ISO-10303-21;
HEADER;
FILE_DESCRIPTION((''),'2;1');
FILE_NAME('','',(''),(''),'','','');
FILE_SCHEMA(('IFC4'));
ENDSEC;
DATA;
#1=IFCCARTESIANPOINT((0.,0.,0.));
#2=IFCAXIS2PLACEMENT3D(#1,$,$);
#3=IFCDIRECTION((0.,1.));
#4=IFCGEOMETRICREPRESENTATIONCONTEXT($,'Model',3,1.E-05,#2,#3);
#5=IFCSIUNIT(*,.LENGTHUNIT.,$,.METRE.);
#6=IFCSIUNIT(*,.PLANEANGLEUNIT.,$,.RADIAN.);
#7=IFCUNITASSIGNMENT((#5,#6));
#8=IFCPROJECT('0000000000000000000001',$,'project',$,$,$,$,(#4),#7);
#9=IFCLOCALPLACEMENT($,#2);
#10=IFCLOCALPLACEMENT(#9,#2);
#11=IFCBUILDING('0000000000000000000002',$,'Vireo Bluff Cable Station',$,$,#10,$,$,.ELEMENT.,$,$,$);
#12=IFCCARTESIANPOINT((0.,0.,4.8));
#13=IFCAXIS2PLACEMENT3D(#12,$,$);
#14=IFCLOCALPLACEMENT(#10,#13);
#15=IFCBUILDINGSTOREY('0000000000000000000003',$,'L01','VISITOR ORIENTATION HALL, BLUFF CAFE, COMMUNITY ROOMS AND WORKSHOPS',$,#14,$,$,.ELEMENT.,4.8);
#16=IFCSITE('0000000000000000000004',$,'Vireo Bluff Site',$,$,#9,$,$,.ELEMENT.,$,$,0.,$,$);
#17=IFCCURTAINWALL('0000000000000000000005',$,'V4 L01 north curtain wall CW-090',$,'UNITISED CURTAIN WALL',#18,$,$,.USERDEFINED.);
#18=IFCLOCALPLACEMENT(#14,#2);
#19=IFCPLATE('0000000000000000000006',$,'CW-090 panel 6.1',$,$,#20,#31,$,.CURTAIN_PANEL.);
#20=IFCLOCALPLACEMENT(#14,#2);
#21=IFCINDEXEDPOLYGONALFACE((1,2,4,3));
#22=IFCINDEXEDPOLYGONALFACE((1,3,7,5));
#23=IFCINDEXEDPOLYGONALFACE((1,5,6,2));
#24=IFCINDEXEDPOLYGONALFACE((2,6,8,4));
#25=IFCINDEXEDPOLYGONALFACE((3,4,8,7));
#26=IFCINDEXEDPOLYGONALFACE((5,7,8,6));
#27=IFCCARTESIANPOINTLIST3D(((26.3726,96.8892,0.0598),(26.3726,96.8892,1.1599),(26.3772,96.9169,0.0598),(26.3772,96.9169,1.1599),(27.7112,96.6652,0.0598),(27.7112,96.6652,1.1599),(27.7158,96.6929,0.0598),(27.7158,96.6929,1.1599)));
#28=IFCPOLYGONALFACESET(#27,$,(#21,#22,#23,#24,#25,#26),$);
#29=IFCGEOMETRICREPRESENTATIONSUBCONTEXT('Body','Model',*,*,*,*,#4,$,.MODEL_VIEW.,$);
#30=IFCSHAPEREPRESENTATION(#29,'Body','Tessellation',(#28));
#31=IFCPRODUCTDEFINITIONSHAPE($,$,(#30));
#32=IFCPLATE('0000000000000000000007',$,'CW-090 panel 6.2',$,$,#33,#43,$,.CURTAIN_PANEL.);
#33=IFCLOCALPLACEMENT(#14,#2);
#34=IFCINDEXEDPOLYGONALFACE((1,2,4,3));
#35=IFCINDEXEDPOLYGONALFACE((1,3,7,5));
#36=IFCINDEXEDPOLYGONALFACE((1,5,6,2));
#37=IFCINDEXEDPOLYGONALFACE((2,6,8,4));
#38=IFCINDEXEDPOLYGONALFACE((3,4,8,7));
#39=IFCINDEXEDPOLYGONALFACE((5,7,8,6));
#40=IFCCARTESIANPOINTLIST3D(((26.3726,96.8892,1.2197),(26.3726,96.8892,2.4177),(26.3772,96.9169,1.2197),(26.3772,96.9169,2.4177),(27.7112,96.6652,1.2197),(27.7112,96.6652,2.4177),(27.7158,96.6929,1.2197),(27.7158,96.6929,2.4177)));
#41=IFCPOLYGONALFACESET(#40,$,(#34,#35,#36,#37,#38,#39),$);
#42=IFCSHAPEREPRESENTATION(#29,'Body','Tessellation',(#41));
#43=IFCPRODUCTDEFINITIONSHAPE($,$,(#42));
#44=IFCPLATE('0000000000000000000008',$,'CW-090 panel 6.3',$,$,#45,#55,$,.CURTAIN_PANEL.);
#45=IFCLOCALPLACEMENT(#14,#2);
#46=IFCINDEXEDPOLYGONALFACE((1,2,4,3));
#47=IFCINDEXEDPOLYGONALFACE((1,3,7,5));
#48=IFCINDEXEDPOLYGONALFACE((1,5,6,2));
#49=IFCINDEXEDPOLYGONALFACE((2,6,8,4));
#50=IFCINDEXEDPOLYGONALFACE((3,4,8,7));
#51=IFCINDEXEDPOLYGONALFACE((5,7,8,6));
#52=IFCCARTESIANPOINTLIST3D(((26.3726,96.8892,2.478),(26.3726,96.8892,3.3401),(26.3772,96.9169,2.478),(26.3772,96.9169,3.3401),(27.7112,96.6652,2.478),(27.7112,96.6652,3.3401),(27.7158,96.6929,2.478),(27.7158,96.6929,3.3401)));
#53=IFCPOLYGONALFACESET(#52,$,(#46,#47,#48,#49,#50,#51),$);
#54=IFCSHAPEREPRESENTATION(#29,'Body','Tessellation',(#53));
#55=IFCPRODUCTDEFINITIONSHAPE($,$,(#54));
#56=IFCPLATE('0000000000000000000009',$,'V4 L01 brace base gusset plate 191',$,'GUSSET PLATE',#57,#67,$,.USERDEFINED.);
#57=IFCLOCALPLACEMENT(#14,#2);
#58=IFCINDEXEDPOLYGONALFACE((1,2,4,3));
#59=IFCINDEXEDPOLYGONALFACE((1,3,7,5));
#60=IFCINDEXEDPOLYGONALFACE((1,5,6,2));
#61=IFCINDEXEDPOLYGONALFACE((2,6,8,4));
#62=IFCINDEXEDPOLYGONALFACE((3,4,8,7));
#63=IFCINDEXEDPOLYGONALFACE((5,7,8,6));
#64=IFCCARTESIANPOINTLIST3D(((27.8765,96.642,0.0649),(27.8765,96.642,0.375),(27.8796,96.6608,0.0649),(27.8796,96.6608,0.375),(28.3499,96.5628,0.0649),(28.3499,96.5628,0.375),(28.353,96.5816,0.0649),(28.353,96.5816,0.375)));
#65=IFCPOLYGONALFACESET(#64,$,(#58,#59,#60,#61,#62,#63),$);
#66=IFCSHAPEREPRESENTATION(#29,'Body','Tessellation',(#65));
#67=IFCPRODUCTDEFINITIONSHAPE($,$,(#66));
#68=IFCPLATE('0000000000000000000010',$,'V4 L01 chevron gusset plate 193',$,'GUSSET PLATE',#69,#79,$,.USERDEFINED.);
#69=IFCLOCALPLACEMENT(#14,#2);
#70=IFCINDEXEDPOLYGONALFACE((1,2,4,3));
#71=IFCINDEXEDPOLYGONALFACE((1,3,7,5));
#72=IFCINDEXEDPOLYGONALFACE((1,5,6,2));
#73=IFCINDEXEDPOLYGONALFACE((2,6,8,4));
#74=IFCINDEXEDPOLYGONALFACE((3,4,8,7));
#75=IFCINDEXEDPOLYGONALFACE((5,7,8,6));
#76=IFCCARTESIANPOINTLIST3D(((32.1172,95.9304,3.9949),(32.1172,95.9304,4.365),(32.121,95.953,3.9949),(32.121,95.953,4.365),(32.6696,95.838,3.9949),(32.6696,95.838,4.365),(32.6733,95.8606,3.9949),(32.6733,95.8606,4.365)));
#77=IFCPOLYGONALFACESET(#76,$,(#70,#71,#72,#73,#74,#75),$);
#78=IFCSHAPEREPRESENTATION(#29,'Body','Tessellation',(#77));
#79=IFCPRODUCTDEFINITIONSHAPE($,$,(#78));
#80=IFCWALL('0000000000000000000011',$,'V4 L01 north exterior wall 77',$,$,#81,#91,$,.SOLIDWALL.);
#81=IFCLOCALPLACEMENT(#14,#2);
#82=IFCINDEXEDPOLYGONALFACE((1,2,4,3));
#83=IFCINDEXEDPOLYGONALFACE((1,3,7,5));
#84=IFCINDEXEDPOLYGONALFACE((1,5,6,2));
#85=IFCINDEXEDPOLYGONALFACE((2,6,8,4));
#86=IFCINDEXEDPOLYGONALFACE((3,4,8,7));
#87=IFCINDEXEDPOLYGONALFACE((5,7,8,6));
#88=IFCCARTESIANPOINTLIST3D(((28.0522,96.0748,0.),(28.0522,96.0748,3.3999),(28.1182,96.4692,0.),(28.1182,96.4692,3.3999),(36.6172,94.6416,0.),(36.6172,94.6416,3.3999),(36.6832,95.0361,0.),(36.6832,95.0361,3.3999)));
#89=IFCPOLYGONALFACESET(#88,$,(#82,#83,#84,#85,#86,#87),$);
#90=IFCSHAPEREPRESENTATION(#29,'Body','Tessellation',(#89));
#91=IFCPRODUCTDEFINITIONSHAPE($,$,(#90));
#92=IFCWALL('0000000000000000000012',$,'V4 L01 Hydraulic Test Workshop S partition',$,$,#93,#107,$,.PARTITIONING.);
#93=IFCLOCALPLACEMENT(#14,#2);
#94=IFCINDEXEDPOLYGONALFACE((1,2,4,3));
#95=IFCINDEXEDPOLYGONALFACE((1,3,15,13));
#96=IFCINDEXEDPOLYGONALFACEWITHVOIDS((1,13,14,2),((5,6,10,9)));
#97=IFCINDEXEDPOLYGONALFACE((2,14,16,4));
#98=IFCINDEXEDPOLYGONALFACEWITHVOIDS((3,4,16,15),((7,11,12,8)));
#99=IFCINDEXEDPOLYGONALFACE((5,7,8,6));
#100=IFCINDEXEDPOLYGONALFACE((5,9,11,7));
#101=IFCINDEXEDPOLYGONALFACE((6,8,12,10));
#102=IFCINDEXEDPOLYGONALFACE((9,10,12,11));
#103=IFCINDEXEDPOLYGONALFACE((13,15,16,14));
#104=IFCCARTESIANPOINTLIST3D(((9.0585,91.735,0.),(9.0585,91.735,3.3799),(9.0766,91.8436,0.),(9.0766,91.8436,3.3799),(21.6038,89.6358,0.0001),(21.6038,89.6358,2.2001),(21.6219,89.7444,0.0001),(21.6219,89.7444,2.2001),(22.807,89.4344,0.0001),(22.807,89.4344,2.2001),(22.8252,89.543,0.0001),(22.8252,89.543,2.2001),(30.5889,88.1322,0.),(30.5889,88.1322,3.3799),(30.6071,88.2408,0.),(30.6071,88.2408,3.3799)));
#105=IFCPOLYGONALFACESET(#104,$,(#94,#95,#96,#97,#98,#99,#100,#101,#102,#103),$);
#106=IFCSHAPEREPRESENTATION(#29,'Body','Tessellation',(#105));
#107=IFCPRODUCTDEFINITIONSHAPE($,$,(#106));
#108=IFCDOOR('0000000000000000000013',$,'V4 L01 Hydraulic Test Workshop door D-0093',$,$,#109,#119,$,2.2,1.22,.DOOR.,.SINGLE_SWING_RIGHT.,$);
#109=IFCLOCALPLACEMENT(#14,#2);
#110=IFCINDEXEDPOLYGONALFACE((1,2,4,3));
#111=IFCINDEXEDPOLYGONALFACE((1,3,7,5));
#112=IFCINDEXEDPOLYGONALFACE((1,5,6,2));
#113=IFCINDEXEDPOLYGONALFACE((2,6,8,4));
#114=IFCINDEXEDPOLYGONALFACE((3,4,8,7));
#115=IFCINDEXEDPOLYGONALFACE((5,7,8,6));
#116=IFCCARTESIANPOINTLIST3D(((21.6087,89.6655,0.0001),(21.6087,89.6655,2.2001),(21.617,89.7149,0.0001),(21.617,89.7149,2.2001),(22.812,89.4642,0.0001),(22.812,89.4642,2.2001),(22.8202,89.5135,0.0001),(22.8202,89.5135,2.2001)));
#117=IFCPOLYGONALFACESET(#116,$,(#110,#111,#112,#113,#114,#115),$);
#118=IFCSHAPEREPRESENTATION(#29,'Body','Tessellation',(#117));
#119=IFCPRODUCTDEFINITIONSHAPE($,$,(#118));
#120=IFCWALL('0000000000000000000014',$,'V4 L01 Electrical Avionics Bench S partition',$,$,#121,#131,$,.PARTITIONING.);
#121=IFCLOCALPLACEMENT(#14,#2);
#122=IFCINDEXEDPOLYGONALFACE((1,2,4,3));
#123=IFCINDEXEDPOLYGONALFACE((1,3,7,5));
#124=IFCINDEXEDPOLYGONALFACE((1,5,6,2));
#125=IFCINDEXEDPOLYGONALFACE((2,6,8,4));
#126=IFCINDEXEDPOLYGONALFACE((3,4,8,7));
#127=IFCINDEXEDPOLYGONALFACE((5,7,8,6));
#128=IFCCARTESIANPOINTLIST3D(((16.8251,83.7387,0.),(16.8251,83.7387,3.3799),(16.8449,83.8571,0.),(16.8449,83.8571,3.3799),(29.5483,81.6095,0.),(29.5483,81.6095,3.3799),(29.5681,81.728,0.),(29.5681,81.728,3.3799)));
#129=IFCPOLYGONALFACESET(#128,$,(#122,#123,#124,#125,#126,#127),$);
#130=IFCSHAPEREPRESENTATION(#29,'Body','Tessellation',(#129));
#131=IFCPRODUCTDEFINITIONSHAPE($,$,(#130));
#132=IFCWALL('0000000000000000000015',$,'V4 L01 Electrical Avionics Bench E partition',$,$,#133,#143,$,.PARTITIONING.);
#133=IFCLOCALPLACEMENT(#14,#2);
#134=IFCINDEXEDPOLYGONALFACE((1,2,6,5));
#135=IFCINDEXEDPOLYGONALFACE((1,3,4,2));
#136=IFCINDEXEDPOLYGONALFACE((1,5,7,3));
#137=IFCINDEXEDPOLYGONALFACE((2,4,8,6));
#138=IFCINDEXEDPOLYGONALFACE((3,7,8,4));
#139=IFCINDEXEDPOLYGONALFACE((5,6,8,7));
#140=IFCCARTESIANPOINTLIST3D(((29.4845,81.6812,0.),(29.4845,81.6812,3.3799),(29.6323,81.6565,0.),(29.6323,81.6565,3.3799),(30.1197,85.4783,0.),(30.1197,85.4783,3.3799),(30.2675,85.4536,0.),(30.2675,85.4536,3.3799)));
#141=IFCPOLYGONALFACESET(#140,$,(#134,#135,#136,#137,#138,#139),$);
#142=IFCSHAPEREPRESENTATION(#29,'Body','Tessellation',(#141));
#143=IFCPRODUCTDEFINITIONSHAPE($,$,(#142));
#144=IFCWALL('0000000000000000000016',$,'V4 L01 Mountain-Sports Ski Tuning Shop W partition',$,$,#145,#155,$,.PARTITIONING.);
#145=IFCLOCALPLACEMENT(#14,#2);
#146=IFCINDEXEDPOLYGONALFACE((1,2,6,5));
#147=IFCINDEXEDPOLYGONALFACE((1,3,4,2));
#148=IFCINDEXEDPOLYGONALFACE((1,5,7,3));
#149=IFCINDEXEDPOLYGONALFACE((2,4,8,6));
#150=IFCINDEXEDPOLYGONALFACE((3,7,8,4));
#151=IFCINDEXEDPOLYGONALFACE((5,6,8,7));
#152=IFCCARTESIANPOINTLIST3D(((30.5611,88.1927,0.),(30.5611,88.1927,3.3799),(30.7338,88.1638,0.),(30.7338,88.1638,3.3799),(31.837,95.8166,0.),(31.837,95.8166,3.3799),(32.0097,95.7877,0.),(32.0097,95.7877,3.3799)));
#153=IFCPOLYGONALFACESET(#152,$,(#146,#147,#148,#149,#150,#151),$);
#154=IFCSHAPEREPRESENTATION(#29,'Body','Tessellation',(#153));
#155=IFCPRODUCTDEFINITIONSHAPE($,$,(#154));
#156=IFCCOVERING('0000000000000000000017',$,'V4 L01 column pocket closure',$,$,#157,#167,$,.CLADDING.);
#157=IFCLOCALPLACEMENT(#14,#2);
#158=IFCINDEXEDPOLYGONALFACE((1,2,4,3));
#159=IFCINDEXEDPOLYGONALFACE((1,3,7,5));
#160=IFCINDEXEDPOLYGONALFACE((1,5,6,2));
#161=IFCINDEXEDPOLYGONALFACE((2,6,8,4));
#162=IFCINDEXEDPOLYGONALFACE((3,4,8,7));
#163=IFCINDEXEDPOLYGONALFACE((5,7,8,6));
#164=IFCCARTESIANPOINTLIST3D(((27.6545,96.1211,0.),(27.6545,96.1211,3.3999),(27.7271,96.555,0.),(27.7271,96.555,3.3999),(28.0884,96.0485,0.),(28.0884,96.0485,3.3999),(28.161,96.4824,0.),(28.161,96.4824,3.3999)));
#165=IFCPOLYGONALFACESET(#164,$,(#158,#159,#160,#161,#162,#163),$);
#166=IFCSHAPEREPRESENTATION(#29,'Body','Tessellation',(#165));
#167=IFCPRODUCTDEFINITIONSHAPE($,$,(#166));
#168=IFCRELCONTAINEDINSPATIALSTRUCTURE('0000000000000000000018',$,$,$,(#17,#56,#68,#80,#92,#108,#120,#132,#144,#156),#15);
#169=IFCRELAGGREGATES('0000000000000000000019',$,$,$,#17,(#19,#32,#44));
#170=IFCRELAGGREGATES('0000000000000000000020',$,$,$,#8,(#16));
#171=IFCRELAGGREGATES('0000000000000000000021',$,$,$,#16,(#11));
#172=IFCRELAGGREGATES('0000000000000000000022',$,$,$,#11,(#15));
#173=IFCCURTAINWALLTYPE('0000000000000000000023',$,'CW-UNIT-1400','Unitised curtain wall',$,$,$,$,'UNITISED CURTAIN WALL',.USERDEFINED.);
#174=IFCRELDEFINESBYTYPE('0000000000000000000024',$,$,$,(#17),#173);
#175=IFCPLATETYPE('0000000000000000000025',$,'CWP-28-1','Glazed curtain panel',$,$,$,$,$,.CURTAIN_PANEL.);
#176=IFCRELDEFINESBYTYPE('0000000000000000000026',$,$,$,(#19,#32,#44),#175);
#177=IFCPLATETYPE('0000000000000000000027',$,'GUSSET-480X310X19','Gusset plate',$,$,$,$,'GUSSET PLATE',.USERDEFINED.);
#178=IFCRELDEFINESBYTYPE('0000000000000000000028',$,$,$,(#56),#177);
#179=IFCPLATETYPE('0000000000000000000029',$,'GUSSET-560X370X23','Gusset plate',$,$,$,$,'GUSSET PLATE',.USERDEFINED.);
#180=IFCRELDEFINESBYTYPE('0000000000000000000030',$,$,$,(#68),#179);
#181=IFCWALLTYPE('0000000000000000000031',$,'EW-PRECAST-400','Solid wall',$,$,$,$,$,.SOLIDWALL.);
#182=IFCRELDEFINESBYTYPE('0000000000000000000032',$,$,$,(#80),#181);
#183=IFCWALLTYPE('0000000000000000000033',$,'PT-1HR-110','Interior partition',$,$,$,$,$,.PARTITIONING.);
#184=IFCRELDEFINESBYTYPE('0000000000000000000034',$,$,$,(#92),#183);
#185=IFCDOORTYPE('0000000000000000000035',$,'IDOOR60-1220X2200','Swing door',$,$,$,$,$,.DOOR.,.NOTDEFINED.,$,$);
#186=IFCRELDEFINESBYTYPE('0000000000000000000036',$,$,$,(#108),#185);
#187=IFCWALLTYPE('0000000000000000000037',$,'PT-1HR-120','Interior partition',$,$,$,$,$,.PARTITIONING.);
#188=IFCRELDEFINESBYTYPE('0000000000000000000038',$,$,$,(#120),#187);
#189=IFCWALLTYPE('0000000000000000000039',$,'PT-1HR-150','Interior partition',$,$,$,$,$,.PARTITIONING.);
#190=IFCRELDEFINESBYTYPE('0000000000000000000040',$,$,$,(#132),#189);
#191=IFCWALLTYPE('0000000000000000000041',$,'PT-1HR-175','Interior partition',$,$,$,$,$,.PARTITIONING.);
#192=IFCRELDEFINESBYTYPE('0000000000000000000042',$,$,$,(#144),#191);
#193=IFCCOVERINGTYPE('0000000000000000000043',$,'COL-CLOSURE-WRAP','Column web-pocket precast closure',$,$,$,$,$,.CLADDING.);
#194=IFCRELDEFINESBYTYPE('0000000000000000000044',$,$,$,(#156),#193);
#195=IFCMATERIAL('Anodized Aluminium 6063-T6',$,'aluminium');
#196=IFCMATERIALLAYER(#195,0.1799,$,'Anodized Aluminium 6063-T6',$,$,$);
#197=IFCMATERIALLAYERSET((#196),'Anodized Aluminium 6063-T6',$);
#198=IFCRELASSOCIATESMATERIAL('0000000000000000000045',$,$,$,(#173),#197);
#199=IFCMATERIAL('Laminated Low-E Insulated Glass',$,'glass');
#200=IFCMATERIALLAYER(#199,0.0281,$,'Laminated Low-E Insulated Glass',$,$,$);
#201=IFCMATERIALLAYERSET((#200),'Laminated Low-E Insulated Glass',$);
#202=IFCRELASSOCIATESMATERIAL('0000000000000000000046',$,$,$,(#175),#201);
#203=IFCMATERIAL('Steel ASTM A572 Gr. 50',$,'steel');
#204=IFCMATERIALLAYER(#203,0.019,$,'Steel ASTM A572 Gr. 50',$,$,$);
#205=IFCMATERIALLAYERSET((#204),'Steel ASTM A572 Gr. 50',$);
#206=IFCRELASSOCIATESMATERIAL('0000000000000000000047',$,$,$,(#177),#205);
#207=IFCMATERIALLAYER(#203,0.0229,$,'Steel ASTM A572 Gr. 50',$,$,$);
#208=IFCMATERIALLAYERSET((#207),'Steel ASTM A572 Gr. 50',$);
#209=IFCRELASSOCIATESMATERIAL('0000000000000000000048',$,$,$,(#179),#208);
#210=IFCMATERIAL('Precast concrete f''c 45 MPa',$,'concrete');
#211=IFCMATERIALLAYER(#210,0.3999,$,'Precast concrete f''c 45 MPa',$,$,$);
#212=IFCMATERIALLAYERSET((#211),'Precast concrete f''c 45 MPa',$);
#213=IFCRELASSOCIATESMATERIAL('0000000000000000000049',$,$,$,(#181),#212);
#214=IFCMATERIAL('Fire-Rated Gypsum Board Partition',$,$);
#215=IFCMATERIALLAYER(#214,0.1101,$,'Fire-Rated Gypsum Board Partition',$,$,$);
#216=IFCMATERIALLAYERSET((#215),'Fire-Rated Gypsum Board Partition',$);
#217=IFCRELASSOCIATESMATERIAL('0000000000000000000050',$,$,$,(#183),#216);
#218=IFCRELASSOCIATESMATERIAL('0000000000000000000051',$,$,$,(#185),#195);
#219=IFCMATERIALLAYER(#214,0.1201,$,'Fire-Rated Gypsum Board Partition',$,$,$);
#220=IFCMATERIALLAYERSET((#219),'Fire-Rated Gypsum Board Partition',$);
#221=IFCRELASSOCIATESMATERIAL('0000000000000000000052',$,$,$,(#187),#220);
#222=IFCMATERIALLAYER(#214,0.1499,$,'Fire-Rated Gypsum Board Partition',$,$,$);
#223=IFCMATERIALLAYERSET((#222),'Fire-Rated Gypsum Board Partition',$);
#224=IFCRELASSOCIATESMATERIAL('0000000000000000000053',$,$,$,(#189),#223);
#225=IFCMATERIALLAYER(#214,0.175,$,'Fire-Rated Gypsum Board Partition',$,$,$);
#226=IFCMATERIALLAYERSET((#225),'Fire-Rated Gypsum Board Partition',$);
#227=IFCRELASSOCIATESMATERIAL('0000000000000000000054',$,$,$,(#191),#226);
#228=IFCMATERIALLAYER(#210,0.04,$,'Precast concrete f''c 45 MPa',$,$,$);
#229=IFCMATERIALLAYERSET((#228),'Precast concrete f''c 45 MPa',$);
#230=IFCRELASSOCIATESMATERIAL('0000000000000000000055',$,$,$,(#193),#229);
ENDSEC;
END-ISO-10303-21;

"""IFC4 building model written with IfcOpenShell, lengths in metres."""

from ifc_helpers import new_model, si_unit, direction, frame, frame_2d, origin, origin_with_axes, origin_2d, place, context, subcontext, project, spatial, rectangle, extrude, material, layer, layer_set, type_object, element, fill, aggregate, save


model = new_model("IFC4")

# Units and contexts
model_context = context("Model", 3, precision=1e-05, world=origin(), true_north=direction((0.0, 1.0)))
body_context = subcontext(model_context, "Body", "Model", "MODEL_VIEW")
ifc_project = project(units=[si_unit("LENGTHUNIT", "METRE"), si_unit("PLANEANGLEUNIT", "RADIAN")], contexts=[model_context])

# Site, building, storey
site_placement = place(None, origin())
site = spatial("IfcSite", under=ifc_project, at=site_placement, Name="Vireo Bluff Site", CompositionType="ELEMENT", RefElevation=0.0)
building_placement = place(site_placement, origin())
building = spatial("IfcBuilding", under=site, at=building_placement, Name="Vireo Bluff Cable Station", CompositionType="ELEMENT")
storey_placement = place(building_placement, frame((0.0, 0.0, 4.8)))
storey = spatial("IfcBuildingStorey", under=building, at=storey_placement, Name="L01", Description="VISITOR ORIENTATION HALL, BLUFF CAFE, COMMUNITY ROOMS AND WORKSHOPS", CompositionType="ELEMENT", Elevation=4.8)

# Curtain wall
ifc_material_1 = material(Name="Anodized Aluminium 6063-T6", Category="aluminium")
ifc_layer_1 = layer(ifc_material_1, 0.1799, Name="Anodized Aluminium 6063-T6")
ifc_layer_set_1 = layer_set([ifc_layer_1], Name="Anodized Aluminium 6063-T6")
curtain_wall_type = type_object("IfcCurtainWallType", Name="CW-UNIT-1400", Description="Unitised curtain wall", ElementType="UNITISED CURTAIN WALL", PredefinedType="USERDEFINED", material=ifc_layer_set_1)
curtain_wall_placement = place(storey_placement, origin())
curtain_wall = element("IfcCurtainWall", 1, at=curtain_wall_placement, inside=storey, type_object=curtain_wall_type, Name="V4 L01 north curtain wall CW-090", ObjectType="UNITISED CURTAIN WALL", PredefinedType="USERDEFINED")

# Plates
ifc_material_2 = material(Name="Laminated Low-E Insulated Glass", Category="glass")
ifc_layer_2 = layer(ifc_material_2, 0.0281, Name="Laminated Low-E Insulated Glass")
ifc_layer_set_2 = layer_set([ifc_layer_2], Name="Laminated Low-E Insulated Glass")
plate_type_1 = type_object("IfcPlateType", Name="CWP-28-1", Description="Glazed curtain panel", PredefinedType="CURTAIN_PANEL", material=ifc_layer_set_2)
plate_1_placement = place(storey_placement, frame((27.0442, 96.791, 0.0598), z_axis=(0.0, 0.0, 1.0), x_axis=(0.986286, -0.165048, 0.0)))
plate_1 = element("IfcPlate", 2, at=plate_1_placement, type_object=plate_type_1, Name="CW-090 panel 6.1", PredefinedType="CURTAIN_PANEL", context=body_context, shape_type="SweptSolid", body=[
    extrude(rectangle(XDim=1.3572, YDim=0.0281, at=origin_2d()), origin(), (0.0, 0.0, 1.0), 1.1001),
])
plate_2_placement = place(storey_placement, frame((27.0442, 96.791, 1.2197), z_axis=(0.0, 0.0, 1.0), x_axis=(0.986286, -0.165048, 0.0)))
plate_2 = element("IfcPlate", 3, at=plate_2_placement, type_object=plate_type_1, Name="CW-090 panel 6.2", PredefinedType="CURTAIN_PANEL", context=body_context, shape_type="SweptSolid", body=[
    extrude(rectangle(XDim=1.3572, YDim=0.0281, at=origin_2d()), origin(), (0.0, 0.0, 1.0), 1.198),
])
plate_3_placement = place(storey_placement, frame((27.0442, 96.791, 2.478), z_axis=(0.0, 0.0, 1.0), x_axis=(0.986286, -0.165048, 0.0)))
plate_3 = element("IfcPlate", 4, at=plate_3_placement, type_object=plate_type_1, Name="CW-090 panel 6.3", PredefinedType="CURTAIN_PANEL", context=body_context, shape_type="SweptSolid", body=[
    extrude(rectangle(XDim=1.3572, YDim=0.0281, at=origin_2d()), origin(), (0.0, 0.0, 1.0), 0.8621),
])
aggregate(curtain_wall, [plate_1, plate_2, plate_3])

# Plates
ifc_material_3 = material(Name="Steel ASTM A572 Gr. 50", Category="steel")
ifc_layer_3 = layer(ifc_material_3, 0.019, Name="Steel ASTM A572 Gr. 50")
ifc_layer_set_3 = layer_set([ifc_layer_3], Name="Steel ASTM A572 Gr. 50")
plate_type_2 = type_object("IfcPlateType", Name="GUSSET-480X310X19", Description="Gusset plate", ElementType="GUSSET PLATE", PredefinedType="USERDEFINED", material=ifc_layer_set_3)
plate_4_placement = place(storey_placement, frame((28.1147, 96.6118, 0.0649), z_axis=(0.0, 0.0, 1.0), x_axis=(0.986286, -0.165048, 0.0)))
element("IfcPlate", 5, at=plate_4_placement, inside=storey, type_object=plate_type_2, Name="V4 L01 brace base gusset plate 191", ObjectType="GUSSET PLATE", PredefinedType="USERDEFINED", context=body_context, shape_type="SweptSolid", body=[
    extrude(rectangle(XDim=0.48, YDim=0.019, at=origin_2d()), origin(), (0.0, 0.0, 1.0), 0.3101),
])
ifc_layer_4 = layer(ifc_material_3, 0.0229, Name="Steel ASTM A572 Gr. 50")
ifc_layer_set_4 = layer_set([ifc_layer_4], Name="Steel ASTM A572 Gr. 50")
plate_type_3 = type_object("IfcPlateType", Name="GUSSET-560X370X23", Description="Gusset plate", ElementType="GUSSET PLATE", PredefinedType="USERDEFINED", material=ifc_layer_set_4)
plate_5_placement = place(storey_placement, frame((32.3953, 95.8955, 3.9949), z_axis=(0.0, 0.0, 1.0), x_axis=(0.986286, -0.165048, 0.0)))
element("IfcPlate", 6, at=plate_5_placement, inside=storey, type_object=plate_type_3, Name="V4 L01 chevron gusset plate 193", ObjectType="GUSSET PLATE", PredefinedType="USERDEFINED", context=body_context, shape_type="SweptSolid", body=[
    extrude(rectangle(XDim=0.5601, YDim=0.0229, at=origin_2d()), origin(), (0.0, 0.0, 1.0), 0.3701),
])

# Wall
ifc_material_4 = material(Name="Precast concrete f'c 45 MPa", Category="concrete")
ifc_layer_5 = layer(ifc_material_4, 0.3999, Name="Precast concrete f'c 45 MPa")
ifc_layer_set_5 = layer_set([ifc_layer_5], Name="Precast concrete f'c 45 MPa")
wall_type_1 = type_object("IfcWallType", Name="EW-PRECAST-400", Description="Solid wall", PredefinedType="SOLIDWALL", material=ifc_layer_set_5)
wall_1_placement = place(storey_placement, frame((28.0852, 96.272, 0.0), z_axis=(0.0, 0.0, 1.0), x_axis=(0.986289, -0.165028, 0.0)))
element("IfcWall", 7, at=wall_1_placement, inside=storey, type_object=wall_type_1, Name="V4 L01 north exterior wall 77", PredefinedType="SOLIDWALL", context=body_context, shape_type="SweptSolid", body=[
    extrude(rectangle(XDim=8.6841, YDim=0.3999, at=frame_2d((4.342, 0.0))), origin(), (0.0, 0.0, 1.0), 3.3999),
])

# Wall, opening, door
ifc_material_5 = material(Name="Fire-Rated Gypsum Board Partition")
ifc_layer_6 = layer(ifc_material_5, 0.1101, Name="Fire-Rated Gypsum Board Partition")
ifc_layer_set_6 = layer_set([ifc_layer_6], Name="Fire-Rated Gypsum Board Partition")
wall_type_2 = type_object("IfcWallType", Name="PT-1HR-110", Description="Interior partition", PredefinedType="PARTITIONING", material=ifc_layer_set_6)
wall_2_placement = place(storey_placement, frame((30.5981, 88.1865, 0.0), z_axis=(0.0, 0.0, 1.0), x_axis=(-0.986287, 0.165039, 0.0)))
wall_2 = element("IfcWall", 8, at=wall_2_placement, inside=storey, type_object=wall_type_2, Name="V4 L01 Hydraulic Test Workshop S partition", PredefinedType="PARTITIONING", context=body_context, shape_type="SweptSolid", body=[
    extrude(rectangle(XDim=21.8298, YDim=0.1101, at=frame_2d((10.915, 0.0))), origin(), (0.0, 0.0, 1.0), 3.3799),
])
opening_placement = place(wall_2_placement, frame((7.8904, 0.0, 0.0)))
opening = element("IfcOpeningElement", 9, at=opening_placement, cuts=wall_2, PredefinedType="OPENING", context=body_context, shape_type="SweptSolid", body=[
    extrude(rectangle(XDim=1.22, YDim=2.2, at=frame_2d((0.6099, 1.1001))), frame((0.0, 0.0649, 0.0), z_axis=(0.0, -1.0, 0.0), x_axis=(1.0, 0.0, 0.0)), (0.0, 0.0, 1.0), 0.1301),
])
door_type = type_object("IfcDoorType", Name="IDOOR60-1220X2200", Description="Swing door", OperationType="NOTDEFINED", PredefinedType="DOOR", material=ifc_material_1)
door_placement = place(opening_placement, origin_with_axes())
door = element("IfcDoor", 10, at=door_placement, inside=storey, type_object=door_type, Name="V4 L01 Hydraulic Test Workshop door D-0093", OperationType="SINGLE_SWING_RIGHT", OverallHeight=2.2, OverallWidth=1.22, PredefinedType="DOOR", context=body_context, shape_type="SweptSolid", body=[
    extrude(rectangle(XDim=1.22, YDim=2.2, at=frame_2d((0.6099, 1.1001))), frame((0.0, 0.0249, 0.0), z_axis=(0.0, -1.0, 0.0), x_axis=(1.0, 0.0, 0.0)), (0.0, 0.0, 1.0), 0.05),
])
fill(opening, door)

# Walls
ifc_layer_7 = layer(ifc_material_5, 0.1201, Name="Fire-Rated Gypsum Board Partition")
ifc_layer_set_7 = layer_set([ifc_layer_7], Name="Fire-Rated Gypsum Board Partition")
wall_type_3 = type_object("IfcWallType", Name="PT-1HR-120", Description="Interior partition", PredefinedType="PARTITIONING", material=ifc_layer_set_7)
wall_3_placement = place(storey_placement, frame((29.5583, 81.6687, 0.0), z_axis=(0.0, 0.0, 1.0), x_axis=(-0.986285, 0.16505, 0.0)))
element("IfcWall", 11, at=wall_3_placement, inside=storey, type_object=wall_type_3, Name="V4 L01 Electrical Avionics Bench S partition", PredefinedType="PARTITIONING", context=body_context, shape_type="SweptSolid", body=[
    extrude(rectangle(XDim=12.9001, YDim=0.1201, at=frame_2d((6.4502, 0.0))), origin(), (0.0, 0.0, 1.0), 3.3799),
])
ifc_layer_8 = layer(ifc_material_5, 0.1499, Name="Fire-Rated Gypsum Board Partition")
ifc_layer_set_8 = layer_set([ifc_layer_8], Name="Fire-Rated Gypsum Board Partition")
wall_type_4 = type_object("IfcWallType", Name="PT-1HR-150", Description="Interior partition", PredefinedType="PARTITIONING", material=ifc_layer_set_8)
wall_4_placement = place(storey_placement, frame((30.1936, 85.4658, 0.0), z_axis=(0.0, 0.0, 1.0), x_axis=(-0.165006, -0.986293, 0.0)))
element("IfcWall", 12, at=wall_4_placement, inside=storey, type_object=wall_type_4, Name="V4 L01 Electrical Avionics Bench E partition", PredefinedType="PARTITIONING", context=body_context, shape_type="SweptSolid", body=[
    extrude(rectangle(XDim=3.8499, YDim=0.1499, at=frame_2d((1.9248, 0.0))), origin(), (0.0, 0.0, 1.0), 3.3799),
])
ifc_layer_9 = layer(ifc_material_5, 0.175, Name="Fire-Rated Gypsum Board Partition")
ifc_layer_set_9 = layer_set([ifc_layer_9], Name="Fire-Rated Gypsum Board Partition")
wall_type_5 = type_object("IfcWallType", Name="PT-1HR-175", Description="Interior partition", PredefinedType="PARTITIONING", material=ifc_layer_set_9)
wall_5_placement = place(storey_placement, frame((30.6475, 88.1782, 0.0), z_axis=(0.0, 0.0, 1.0), x_axis=(0.165055, 0.986284, 0.0)))
element("IfcWall", 13, at=wall_5_placement, inside=storey, type_object=wall_type_5, Name="V4 L01 Mountain-Sports Ski Tuning Shop W partition", PredefinedType="PARTITIONING", context=body_context, shape_type="SweptSolid", body=[
    extrude(rectangle(XDim=7.73, YDim=0.175, at=frame_2d((3.865, 0.0))), origin(), (0.0, 0.0, 1.0), 3.3799),
])

# Covering
ifc_layer_10 = layer(ifc_material_4, 0.04, Name="Precast concrete f'c 45 MPa")
ifc_layer_set_10 = layer_set([ifc_layer_10], Name="Precast concrete f'c 45 MPa")
covering_type = type_object("IfcCoveringType", Name="COL-CLOSURE-WRAP", Description="Column web-pocket precast closure", PredefinedType="CLADDING", material=ifc_layer_set_10)
covering_placement = place(storey_placement, frame((27.9077, 96.3018, 0.0), z_axis=(0.0, 0.0, 1.0), x_axis=(0.986286, -0.165048, 0.0)))
element("IfcCovering", 14, at=covering_placement, inside=storey, type_object=covering_type, Name="V4 L01 column pocket closure", PredefinedType="CLADDING", context=body_context, shape_type="SweptSolid", body=[
    extrude(rectangle(XDim=0.4399, YDim=0.4399, at=origin_2d()), origin(), (0.0, 0.0, 1.0), 3.3999),
])

save(model, "model.ifc")
